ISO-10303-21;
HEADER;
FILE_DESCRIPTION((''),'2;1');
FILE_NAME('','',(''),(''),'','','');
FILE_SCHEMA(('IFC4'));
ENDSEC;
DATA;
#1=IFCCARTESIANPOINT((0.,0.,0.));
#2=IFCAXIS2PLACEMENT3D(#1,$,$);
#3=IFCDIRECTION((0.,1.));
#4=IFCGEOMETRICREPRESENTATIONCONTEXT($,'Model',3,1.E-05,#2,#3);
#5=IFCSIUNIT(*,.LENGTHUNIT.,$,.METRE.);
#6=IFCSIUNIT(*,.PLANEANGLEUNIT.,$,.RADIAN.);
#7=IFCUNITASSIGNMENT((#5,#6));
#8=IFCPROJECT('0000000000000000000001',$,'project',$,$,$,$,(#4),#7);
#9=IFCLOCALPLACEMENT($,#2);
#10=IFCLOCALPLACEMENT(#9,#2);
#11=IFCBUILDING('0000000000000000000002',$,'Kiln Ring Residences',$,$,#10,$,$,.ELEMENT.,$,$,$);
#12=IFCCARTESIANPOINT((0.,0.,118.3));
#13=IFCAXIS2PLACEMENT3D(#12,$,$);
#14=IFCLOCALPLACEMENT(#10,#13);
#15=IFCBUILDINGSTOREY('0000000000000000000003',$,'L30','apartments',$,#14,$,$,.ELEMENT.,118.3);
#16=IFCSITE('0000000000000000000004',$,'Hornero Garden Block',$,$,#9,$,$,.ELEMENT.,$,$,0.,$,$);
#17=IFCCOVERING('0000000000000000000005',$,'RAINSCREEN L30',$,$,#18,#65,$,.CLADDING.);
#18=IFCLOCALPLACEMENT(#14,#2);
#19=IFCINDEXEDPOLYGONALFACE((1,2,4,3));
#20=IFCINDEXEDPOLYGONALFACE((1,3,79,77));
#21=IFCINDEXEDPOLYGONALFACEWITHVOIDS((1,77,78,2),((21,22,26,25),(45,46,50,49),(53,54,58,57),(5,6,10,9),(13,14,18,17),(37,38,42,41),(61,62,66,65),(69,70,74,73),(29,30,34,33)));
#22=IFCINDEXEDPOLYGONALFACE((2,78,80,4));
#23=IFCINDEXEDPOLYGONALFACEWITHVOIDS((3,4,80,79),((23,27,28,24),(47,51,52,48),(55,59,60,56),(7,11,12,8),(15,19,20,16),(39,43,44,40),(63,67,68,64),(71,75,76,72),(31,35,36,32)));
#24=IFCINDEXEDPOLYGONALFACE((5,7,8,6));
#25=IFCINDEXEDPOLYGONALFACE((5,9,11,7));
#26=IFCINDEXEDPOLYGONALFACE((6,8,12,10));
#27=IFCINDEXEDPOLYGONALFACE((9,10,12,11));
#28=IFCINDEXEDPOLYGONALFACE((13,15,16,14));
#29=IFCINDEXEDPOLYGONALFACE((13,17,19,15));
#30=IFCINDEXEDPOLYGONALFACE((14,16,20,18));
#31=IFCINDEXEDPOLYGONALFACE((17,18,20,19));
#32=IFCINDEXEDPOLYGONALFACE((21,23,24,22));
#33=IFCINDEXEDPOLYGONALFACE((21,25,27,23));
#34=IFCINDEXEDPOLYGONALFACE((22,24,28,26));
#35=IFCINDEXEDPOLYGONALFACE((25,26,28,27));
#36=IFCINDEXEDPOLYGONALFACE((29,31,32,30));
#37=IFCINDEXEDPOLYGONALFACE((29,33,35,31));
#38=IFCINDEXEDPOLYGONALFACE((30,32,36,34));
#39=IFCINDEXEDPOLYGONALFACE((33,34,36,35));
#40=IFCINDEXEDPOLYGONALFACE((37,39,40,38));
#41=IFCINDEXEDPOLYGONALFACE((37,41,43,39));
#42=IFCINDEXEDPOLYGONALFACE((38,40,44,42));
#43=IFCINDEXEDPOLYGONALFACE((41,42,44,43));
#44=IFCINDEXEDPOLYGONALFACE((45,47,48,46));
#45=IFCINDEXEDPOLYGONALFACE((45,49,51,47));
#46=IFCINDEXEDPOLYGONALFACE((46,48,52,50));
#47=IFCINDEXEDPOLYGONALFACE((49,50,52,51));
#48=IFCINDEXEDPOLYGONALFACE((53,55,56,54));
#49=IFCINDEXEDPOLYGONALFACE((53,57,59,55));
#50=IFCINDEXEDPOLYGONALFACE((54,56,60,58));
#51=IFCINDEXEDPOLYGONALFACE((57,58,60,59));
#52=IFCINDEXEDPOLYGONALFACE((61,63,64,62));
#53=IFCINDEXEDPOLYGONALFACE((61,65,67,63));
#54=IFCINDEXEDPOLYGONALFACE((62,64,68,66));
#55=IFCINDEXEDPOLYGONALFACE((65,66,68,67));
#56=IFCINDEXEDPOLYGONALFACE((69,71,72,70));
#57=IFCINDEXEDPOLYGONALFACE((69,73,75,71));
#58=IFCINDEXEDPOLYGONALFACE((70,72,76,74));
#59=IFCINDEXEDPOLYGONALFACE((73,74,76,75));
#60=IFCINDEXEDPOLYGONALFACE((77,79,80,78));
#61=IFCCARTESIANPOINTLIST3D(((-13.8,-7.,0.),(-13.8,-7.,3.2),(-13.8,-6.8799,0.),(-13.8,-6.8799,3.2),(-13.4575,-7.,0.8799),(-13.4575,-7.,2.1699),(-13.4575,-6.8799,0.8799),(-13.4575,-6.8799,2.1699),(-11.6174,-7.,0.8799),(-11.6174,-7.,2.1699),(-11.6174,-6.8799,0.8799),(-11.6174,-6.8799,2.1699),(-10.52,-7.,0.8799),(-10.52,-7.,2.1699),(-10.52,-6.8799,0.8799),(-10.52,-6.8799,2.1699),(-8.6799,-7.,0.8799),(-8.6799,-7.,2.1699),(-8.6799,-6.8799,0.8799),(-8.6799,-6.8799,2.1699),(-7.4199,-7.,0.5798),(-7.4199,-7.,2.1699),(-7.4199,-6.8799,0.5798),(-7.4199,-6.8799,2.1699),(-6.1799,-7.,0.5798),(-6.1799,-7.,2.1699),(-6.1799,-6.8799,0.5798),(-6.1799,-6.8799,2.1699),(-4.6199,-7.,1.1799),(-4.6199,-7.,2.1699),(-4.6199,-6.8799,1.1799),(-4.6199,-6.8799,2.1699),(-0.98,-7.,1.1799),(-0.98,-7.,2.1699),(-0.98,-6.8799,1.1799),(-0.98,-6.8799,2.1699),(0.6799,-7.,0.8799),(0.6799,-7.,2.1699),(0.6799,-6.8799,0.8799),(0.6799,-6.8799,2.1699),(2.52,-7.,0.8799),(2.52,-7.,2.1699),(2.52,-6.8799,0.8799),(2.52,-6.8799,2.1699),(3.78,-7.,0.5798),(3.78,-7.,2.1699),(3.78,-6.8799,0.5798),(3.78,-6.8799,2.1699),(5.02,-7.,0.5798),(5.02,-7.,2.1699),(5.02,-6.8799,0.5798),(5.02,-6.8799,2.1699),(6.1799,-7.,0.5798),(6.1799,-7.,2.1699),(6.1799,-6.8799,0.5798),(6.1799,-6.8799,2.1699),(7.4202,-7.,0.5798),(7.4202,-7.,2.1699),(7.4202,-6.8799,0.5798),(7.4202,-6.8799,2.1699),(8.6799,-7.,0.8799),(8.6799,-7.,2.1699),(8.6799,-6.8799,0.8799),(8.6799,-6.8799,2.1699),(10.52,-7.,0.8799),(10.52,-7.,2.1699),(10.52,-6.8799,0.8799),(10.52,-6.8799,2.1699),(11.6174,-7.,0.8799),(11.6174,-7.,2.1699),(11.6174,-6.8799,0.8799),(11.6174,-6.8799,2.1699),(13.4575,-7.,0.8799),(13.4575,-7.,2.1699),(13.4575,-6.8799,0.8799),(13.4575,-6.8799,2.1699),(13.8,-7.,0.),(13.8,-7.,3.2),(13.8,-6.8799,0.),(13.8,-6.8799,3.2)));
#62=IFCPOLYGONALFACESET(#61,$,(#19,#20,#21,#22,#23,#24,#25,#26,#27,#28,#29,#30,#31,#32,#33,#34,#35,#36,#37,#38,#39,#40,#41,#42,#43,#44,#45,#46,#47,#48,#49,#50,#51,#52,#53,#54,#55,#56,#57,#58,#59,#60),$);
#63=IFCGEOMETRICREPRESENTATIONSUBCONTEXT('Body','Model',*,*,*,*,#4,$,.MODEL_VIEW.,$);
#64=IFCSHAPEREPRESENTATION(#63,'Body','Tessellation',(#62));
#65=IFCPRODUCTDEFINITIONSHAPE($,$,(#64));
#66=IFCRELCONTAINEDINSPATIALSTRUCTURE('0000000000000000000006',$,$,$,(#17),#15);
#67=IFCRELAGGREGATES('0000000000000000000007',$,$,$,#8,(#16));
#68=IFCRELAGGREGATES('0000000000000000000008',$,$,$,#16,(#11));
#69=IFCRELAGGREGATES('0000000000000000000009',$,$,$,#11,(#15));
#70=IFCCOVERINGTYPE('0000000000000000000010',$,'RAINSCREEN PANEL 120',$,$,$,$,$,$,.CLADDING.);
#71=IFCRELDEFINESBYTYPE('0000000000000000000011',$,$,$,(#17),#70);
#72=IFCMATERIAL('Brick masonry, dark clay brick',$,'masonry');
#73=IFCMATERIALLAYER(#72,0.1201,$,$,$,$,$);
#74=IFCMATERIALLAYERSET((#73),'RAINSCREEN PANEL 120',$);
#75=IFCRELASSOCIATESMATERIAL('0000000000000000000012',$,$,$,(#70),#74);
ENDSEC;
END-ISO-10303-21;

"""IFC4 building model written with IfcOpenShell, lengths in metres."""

from ifc_helpers import new_model, si_unit, direction, frame, origin, place, context, subcontext, project, spatial, polyline, outline, extrude, material, layer, layer_set, type_object, element, save


model = new_model("IFC4")

# Units and contexts
model_context = context("Model", 3, precision=1e-05, world=origin(), true_north=direction((0.0, 1.0)))
body_context = subcontext(model_context, "Body", "Model", "MODEL_VIEW")
ifc_project = project(units=[si_unit("LENGTHUNIT", "METRE"), si_unit("PLANEANGLEUNIT", "RADIAN")], contexts=[model_context])

# Site, building, storey
site_placement = place(None, origin())
site = spatial("IfcSite", under=ifc_project, at=site_placement, Name="Hornero Garden Block", CompositionType="ELEMENT", RefElevation=0.0)
building_placement = place(site_placement, origin())
building = spatial("IfcBuilding", under=site, at=building_placement, Name="Kiln Ring Residences", CompositionType="ELEMENT")
storey_placement = place(building_placement, frame((0.0, 0.0, 118.3)))
storey = spatial("IfcBuildingStorey", under=building, at=storey_placement, Name="L30", Description="apartments", CompositionType="ELEMENT", Elevation=118.3)

# Covering
ifc_material_1 = material(Name="Brick masonry, dark clay brick", Category="masonry")
ifc_layer_1 = layer(ifc_material_1, 0.1201)
ifc_layer_set_1 = layer_set([ifc_layer_1], Name="RAINSCREEN PANEL 120")
covering_type = type_object("IfcCoveringType", Name="RAINSCREEN PANEL 120", PredefinedType="CLADDING", material=ifc_layer_set_1)
covering_placement = place(storey_placement, frame((13.8, -6.9399, 0.0), z_axis=(0.0, 0.0, 1.0), x_axis=(-1.0, 0.0, 0.0)))
element("IfcCovering", 1, at=covering_placement, inside=storey, type_object=covering_type, Name="RAINSCREEN L30", PredefinedType="CLADDING", context=body_context, shape_type="SweptSolid", body=[
    extrude(outline(polyline([(0.0, 0.0), (27.6001, 0.0), (27.6001, 3.2), (0.0, 3.2), (0.0, 0.0)]), holes=[polyline([(6.3799, 0.5798), (7.6201, 0.5798), (7.6201, 2.1699), (6.3799, 2.1699), (6.3799, 0.5798)]), polyline([(8.78, 0.5798), (10.02, 0.5798), (10.02, 2.1699), (8.78, 2.1699), (8.78, 0.5798)]), polyline([(19.98, 0.5798), (21.22, 0.5798), (21.22, 2.1699), (19.98, 2.1699), (19.98, 0.5798)]), polyline([(0.3425, 0.8799), (2.1826, 0.8799), (2.1826, 2.1699), (0.3425, 2.1699), (0.3425, 0.8799)]), polyline([(3.28, 0.8799), (5.1201, 0.8799), (5.1201, 2.1699), (3.28, 2.1699), (3.28, 0.8799)]), polyline([(11.28, 0.8799), (13.1201, 0.8799), (13.1201, 2.1699), (11.28, 2.1699), (11.28, 0.8799)]), polyline([(22.48, 0.8799), (24.3201, 0.8799), (24.3201, 2.1699), (22.48, 2.1699), (22.48, 0.8799)]), polyline([(25.4175, 2.1699), (25.4175, 0.8799), (27.2576, 0.8799), (27.2576, 2.1699), (25.4175, 2.1699)]), polyline([(14.78, 2.1699), (14.78, 1.1799), (18.4199, 1.1799), (18.4199, 2.1699), (14.78, 2.1699)])]), frame((0.0, 0.0601, 0.0), z_axis=(0.0, -1.0, 0.0), x_axis=(1.0, 0.0, 0.0)), (0.0, 0.0, 1.0), 0.1201),
])

save(model, "model.ifc")
